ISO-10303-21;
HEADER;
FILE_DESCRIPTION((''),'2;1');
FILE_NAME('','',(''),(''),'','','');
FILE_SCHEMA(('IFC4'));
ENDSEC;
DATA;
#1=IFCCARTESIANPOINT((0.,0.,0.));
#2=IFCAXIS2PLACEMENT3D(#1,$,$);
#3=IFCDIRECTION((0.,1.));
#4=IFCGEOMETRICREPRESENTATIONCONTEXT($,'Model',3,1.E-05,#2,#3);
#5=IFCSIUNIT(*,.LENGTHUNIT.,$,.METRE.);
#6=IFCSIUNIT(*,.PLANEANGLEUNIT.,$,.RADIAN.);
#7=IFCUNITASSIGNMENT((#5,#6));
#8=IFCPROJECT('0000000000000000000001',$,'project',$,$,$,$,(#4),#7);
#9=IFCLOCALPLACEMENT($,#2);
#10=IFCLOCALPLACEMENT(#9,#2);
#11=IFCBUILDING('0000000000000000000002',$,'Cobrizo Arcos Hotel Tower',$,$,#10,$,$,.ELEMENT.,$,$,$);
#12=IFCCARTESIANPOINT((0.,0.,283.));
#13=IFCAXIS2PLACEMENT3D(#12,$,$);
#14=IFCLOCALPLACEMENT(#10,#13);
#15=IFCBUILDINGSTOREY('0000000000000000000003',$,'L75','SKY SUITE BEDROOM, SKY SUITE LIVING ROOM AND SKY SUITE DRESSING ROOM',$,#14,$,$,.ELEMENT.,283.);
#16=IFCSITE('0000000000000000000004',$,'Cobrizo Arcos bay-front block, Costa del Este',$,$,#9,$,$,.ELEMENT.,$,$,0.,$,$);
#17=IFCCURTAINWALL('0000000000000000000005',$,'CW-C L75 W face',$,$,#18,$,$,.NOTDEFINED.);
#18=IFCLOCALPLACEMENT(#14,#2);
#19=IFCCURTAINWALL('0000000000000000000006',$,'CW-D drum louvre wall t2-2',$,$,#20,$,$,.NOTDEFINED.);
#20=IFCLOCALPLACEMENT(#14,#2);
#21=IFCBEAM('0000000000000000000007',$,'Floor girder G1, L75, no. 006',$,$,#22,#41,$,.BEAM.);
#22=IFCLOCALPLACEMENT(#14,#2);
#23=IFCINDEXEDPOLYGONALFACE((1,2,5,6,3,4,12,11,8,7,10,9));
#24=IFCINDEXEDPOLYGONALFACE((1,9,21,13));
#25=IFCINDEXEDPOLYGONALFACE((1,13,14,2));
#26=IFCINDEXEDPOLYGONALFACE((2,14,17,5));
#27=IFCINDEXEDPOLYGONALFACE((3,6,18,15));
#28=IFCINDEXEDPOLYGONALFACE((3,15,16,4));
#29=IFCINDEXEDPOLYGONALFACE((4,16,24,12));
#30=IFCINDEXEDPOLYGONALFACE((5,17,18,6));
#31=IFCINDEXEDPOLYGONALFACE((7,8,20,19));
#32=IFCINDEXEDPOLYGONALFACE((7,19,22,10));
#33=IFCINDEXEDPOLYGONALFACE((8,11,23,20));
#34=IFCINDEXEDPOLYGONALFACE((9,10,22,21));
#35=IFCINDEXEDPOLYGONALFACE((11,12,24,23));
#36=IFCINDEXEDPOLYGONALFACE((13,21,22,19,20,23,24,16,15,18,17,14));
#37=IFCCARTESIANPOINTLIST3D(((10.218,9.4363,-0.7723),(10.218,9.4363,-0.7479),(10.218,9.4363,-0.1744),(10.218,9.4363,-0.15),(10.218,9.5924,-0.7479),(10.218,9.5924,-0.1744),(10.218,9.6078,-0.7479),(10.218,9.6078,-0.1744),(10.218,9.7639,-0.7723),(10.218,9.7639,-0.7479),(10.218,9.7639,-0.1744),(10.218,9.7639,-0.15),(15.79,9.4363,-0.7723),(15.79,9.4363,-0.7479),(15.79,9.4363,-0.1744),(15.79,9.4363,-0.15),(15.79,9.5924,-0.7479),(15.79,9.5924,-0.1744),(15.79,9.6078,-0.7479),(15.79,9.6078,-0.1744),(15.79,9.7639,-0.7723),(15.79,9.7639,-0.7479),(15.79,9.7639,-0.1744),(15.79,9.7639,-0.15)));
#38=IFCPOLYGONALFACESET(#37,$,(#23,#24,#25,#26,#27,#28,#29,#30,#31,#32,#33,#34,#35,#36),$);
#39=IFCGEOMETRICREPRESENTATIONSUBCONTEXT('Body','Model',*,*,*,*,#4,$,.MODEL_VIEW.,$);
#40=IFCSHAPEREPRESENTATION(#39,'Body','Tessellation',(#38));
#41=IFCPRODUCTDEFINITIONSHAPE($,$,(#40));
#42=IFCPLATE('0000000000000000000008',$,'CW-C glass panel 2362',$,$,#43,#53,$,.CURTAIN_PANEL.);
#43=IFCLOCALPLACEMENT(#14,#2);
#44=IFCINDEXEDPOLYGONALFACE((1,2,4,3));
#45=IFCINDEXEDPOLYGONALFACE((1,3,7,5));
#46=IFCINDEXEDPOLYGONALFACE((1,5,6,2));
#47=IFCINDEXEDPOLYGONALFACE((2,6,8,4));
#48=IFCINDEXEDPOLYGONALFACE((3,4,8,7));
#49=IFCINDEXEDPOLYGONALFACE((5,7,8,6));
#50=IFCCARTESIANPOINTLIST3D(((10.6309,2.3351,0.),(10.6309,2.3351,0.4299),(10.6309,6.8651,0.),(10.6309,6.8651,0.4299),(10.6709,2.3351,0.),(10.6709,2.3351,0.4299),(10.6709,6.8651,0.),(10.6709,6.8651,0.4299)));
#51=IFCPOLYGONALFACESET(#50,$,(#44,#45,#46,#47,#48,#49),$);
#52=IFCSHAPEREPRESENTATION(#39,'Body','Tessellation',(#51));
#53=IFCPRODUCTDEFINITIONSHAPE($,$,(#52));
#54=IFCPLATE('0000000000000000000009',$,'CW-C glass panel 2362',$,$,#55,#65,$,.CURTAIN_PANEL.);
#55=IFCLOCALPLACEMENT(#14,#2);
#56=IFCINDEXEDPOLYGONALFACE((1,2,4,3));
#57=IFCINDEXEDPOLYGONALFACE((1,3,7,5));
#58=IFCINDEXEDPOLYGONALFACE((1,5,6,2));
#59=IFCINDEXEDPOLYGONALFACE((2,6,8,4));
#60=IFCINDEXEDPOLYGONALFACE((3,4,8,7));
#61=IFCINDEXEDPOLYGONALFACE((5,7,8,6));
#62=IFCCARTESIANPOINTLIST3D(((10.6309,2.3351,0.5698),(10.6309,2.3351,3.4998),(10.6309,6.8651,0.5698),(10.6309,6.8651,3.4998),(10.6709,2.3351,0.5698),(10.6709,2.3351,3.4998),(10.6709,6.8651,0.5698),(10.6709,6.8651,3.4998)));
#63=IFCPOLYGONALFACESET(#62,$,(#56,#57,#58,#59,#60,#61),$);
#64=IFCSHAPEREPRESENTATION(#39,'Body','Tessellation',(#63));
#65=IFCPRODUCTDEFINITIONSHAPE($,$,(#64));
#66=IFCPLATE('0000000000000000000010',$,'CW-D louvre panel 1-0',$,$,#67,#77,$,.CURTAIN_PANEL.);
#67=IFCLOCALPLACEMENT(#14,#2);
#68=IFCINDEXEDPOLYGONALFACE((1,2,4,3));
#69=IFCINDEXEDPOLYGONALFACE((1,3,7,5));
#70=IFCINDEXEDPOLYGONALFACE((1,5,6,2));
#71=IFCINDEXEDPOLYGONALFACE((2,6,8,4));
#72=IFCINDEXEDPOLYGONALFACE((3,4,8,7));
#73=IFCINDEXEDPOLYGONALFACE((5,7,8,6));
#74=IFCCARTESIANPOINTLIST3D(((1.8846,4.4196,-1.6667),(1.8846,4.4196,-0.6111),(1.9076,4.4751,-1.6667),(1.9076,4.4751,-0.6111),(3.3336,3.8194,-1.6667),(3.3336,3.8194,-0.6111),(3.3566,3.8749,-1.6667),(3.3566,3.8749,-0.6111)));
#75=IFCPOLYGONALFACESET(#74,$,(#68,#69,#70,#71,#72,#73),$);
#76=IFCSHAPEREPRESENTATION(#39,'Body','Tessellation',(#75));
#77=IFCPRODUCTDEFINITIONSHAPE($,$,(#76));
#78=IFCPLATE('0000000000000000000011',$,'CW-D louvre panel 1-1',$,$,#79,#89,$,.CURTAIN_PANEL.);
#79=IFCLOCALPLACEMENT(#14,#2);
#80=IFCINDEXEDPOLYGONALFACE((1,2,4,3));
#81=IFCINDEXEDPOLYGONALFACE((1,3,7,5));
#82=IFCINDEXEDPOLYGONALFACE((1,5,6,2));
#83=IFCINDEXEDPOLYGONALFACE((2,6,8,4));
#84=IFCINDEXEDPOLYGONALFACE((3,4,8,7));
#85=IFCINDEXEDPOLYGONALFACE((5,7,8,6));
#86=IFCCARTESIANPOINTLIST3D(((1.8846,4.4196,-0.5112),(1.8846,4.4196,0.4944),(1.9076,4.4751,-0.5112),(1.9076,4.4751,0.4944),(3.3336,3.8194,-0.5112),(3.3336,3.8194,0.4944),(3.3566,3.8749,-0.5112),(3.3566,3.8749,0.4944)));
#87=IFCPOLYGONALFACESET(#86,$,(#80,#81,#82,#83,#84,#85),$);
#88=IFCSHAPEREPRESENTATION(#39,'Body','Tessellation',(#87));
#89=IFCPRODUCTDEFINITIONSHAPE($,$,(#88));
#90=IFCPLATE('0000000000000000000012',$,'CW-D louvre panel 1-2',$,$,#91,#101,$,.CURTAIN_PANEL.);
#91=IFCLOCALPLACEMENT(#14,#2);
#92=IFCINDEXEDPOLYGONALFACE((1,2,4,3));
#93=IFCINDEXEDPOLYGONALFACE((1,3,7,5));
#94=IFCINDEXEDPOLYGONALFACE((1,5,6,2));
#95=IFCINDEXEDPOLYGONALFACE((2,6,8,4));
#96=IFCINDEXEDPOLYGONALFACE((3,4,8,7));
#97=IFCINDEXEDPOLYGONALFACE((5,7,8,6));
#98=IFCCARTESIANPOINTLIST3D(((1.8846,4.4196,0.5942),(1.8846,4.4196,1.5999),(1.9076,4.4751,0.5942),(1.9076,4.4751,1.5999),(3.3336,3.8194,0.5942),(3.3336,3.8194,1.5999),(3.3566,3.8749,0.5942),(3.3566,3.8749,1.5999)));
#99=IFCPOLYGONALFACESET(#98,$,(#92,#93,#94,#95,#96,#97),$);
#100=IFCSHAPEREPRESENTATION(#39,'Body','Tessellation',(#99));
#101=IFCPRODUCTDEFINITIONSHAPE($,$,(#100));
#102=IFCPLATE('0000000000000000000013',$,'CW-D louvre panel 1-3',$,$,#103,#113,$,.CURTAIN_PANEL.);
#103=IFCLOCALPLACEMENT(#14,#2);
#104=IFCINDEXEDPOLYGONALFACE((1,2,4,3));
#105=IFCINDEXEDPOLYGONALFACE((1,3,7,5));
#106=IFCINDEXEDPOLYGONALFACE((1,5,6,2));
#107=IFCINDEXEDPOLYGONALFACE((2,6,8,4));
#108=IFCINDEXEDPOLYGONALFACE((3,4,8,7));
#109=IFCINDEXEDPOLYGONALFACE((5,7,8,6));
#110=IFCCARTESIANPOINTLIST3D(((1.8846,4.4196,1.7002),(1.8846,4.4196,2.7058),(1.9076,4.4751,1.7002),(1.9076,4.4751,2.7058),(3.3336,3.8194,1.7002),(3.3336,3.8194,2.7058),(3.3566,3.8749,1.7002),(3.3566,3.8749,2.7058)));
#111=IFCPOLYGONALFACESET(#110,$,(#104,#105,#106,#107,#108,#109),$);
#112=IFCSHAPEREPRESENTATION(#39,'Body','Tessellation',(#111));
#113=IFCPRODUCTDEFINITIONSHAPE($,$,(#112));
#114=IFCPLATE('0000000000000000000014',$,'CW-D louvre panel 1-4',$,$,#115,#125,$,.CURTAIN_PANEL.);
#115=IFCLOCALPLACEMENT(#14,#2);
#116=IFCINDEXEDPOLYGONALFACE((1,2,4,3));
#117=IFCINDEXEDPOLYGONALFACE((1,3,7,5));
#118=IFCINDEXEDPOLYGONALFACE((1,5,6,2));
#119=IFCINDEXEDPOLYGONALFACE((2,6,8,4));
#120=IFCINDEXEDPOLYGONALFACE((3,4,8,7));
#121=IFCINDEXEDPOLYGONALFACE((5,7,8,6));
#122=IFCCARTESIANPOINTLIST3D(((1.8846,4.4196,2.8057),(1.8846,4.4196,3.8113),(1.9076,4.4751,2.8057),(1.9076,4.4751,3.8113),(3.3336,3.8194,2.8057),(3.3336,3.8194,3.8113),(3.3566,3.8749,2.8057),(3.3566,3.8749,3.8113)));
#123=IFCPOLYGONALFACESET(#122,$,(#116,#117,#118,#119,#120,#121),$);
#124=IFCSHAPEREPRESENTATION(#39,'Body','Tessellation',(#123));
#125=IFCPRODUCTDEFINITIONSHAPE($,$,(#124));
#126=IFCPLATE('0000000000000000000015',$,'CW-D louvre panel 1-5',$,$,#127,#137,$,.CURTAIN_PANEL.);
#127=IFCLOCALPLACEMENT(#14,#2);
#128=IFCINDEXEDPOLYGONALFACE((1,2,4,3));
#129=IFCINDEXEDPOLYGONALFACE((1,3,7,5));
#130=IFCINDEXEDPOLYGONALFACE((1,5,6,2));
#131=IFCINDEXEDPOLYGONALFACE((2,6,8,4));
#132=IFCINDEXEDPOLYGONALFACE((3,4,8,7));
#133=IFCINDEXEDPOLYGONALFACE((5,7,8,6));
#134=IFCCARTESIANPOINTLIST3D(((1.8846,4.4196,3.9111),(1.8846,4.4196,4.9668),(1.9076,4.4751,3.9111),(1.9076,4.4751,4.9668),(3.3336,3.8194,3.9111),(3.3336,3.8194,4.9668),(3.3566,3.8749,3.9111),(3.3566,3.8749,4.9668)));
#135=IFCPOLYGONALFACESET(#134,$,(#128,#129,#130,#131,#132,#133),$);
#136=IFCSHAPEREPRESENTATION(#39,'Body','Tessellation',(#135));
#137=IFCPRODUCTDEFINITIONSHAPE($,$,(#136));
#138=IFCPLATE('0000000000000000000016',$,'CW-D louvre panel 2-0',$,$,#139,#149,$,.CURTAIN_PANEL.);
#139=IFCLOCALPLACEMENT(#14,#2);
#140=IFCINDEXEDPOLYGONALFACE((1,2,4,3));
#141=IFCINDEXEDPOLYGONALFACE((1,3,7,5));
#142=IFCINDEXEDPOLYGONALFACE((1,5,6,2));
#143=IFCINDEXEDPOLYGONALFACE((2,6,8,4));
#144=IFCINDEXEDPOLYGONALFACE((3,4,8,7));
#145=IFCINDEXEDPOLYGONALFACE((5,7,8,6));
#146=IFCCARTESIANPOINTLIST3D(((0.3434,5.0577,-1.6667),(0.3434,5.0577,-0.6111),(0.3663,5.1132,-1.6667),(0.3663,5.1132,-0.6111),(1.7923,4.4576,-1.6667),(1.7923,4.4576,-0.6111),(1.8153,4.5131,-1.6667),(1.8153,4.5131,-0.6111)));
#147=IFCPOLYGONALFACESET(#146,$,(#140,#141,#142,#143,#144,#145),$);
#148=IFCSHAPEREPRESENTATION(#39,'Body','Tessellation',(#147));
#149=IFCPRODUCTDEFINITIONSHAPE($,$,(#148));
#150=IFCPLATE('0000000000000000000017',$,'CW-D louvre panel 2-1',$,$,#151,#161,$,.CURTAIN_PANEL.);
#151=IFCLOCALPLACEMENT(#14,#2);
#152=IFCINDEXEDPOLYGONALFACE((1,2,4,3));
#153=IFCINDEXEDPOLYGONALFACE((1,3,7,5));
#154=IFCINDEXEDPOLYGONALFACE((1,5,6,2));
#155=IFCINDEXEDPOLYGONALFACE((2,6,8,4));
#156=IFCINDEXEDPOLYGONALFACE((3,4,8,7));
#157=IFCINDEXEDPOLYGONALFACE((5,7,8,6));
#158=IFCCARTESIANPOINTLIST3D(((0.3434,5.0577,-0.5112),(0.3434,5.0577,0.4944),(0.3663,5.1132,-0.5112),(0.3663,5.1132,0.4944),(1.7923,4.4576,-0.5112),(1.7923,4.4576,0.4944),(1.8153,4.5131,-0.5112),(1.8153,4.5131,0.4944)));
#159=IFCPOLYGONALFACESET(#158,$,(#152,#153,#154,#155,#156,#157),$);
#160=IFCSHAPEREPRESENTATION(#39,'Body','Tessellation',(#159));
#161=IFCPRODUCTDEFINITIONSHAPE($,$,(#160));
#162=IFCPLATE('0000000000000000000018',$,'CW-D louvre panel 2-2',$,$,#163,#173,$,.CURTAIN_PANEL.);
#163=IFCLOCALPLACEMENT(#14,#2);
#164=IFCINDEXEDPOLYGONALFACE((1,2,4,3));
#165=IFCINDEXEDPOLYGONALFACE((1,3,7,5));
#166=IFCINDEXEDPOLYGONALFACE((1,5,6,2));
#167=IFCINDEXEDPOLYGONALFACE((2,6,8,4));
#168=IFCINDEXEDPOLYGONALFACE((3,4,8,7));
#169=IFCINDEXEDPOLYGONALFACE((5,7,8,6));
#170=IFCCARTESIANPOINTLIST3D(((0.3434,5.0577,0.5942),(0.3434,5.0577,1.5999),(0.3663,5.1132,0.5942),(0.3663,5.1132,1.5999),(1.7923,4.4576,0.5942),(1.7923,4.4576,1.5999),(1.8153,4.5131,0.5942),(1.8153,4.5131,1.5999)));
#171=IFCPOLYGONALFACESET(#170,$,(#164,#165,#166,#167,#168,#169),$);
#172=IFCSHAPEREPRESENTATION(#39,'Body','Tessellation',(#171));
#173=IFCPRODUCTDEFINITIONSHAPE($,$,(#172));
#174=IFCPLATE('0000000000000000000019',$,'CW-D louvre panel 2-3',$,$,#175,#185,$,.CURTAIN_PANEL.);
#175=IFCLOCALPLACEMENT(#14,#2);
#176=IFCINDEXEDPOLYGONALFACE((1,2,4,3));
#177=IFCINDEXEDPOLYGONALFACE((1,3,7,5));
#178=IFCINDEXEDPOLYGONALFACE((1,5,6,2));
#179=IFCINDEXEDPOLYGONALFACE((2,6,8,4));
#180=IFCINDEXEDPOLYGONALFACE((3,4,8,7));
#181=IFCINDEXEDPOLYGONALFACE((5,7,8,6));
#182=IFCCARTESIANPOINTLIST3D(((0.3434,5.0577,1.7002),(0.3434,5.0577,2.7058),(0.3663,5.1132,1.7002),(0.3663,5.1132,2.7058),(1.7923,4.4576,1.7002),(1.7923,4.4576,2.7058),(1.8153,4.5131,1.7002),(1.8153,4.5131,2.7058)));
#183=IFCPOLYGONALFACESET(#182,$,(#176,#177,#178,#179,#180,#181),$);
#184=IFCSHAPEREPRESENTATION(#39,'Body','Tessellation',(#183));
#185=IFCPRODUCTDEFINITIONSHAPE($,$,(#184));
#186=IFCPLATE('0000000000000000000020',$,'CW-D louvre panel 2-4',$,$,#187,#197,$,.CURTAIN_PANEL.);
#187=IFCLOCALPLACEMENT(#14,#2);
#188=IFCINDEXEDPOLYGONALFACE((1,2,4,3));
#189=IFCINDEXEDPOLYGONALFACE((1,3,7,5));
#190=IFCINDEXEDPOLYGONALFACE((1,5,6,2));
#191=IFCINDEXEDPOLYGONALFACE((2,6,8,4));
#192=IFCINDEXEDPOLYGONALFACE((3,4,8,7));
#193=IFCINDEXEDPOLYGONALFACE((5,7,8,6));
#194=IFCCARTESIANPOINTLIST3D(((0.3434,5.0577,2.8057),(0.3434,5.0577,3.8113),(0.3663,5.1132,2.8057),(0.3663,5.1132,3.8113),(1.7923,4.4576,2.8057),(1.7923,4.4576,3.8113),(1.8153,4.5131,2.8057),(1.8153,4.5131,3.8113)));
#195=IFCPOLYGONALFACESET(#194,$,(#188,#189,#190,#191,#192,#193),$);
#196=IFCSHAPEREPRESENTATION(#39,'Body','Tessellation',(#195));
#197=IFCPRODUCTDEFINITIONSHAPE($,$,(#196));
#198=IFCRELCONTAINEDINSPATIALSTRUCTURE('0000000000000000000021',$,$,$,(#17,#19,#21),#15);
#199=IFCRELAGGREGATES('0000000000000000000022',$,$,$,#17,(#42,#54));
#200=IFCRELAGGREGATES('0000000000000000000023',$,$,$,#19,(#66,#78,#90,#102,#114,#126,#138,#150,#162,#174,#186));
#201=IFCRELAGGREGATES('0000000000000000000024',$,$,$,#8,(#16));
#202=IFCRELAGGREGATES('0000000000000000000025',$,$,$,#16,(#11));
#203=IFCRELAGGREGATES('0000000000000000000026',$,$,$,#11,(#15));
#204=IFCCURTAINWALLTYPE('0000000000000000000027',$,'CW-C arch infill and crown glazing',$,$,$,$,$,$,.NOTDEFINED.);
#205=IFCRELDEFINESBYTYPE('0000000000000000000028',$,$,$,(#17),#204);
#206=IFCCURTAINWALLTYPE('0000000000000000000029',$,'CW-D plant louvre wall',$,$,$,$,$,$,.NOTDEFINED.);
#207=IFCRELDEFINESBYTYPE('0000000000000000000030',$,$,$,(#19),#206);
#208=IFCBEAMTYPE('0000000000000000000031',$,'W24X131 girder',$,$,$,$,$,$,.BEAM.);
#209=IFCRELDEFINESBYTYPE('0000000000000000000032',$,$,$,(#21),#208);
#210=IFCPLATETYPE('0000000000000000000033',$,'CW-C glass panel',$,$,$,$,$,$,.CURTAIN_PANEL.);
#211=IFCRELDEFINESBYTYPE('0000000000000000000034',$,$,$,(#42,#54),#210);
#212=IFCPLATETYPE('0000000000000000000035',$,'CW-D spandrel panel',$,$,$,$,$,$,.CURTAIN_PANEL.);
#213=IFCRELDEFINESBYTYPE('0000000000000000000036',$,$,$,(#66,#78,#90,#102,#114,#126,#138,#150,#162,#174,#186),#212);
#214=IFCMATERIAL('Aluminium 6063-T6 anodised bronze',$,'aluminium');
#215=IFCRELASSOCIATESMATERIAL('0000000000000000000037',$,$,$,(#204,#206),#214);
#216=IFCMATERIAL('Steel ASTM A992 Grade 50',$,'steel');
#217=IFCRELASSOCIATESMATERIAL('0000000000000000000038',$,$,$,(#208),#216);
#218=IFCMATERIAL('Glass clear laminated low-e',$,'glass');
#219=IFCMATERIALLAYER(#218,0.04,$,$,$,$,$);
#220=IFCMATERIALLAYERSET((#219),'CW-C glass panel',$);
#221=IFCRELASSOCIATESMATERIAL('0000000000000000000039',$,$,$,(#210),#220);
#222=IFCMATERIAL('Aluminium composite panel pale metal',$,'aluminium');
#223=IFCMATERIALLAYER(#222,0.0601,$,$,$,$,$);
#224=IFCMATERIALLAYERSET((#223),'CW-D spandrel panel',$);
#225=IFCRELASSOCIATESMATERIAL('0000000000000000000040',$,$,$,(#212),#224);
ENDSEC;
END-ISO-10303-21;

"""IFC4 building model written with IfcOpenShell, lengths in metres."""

from ifc_helpers import new_model, si_unit, direction, frame, origin, origin_2d, place, context, subcontext, project, spatial, rectangle, i_section, extrude, material, layer, layer_set, material_profile, profile_set, type_object, element, aggregate, save


model = new_model("IFC4")

# Units and contexts
model_context = context("Model", 3, precision=1e-05, world=origin(), true_north=direction((0.0, 1.0)))
body_context = subcontext(model_context, "Body", "Model", "MODEL_VIEW")
ifc_project = project(units=[si_unit("LENGTHUNIT", "METRE"), si_unit("PLANEANGLEUNIT", "RADIAN")], contexts=[model_context])

# Site, building, storey
site_placement = place(None, origin())
site = spatial("IfcSite", under=ifc_project, at=site_placement, Name="Cobrizo Arcos bay-front block, Costa del Este", CompositionType="ELEMENT", RefElevation=0.0)
building_placement = place(site_placement, origin())
building = spatial("IfcBuilding", under=site, at=building_placement, Name="Cobrizo Arcos Hotel Tower", CompositionType="ELEMENT")
storey_placement = place(building_placement, frame((0.0, 0.0, 283.0)))
storey = spatial("IfcBuildingStorey", under=building, at=storey_placement, Name="L75", Description="SKY SUITE BEDROOM, SKY SUITE LIVING ROOM AND SKY SUITE DRESSING ROOM", CompositionType="ELEMENT", Elevation=283.0)

# Shared definitions
ifc_material_1 = material(Name="Aluminium 6063-T6 anodised bronze", Category="aluminium")

# Curtain walls
curtain_wall_type_1 = type_object("IfcCurtainWallType", Name="CW-C arch infill and crown glazing", PredefinedType="NOTDEFINED", material=ifc_material_1)
curtain_wall_1_placement = place(storey_placement, origin())
curtain_wall_1 = element("IfcCurtainWall", 1, at=curtain_wall_1_placement, inside=storey, type_object=curtain_wall_type_1, Name="CW-C L75 W face", PredefinedType="NOTDEFINED")
curtain_wall_type_2 = type_object("IfcCurtainWallType", Name="CW-D plant louvre wall", PredefinedType="NOTDEFINED", material=ifc_material_1)
curtain_wall_2_placement = place(storey_placement, origin())
curtain_wall_2 = element("IfcCurtainWall", 2, at=curtain_wall_2_placement, inside=storey, type_object=curtain_wall_type_2, Name="CW-D drum louvre wall t2-2", PredefinedType="NOTDEFINED")

# Beam
ifc_material_2 = material(Name="Steel ASTM A992 Grade 50", Category="steel")
ifc_material_profile_1 = material_profile(ifc_material_2, i_section(OverallWidth=0.3276, OverallDepth=0.6223, WebThickness=0.0154, FlangeThickness=0.0244, at=origin_2d()), Name="W24X131")
ifc_profile_set_1 = profile_set([ifc_material_profile_1], Name="Steel ASTM A992 Grade 50")
beam_type_1 = type_object("IfcBeamType", Name="W24X131 girder", PredefinedType="BEAM", material=ifc_profile_set_1)
beam_1_placement = place(storey_placement, frame((10.218, 9.6001, -0.4612), z_axis=(1.0, 0.0, 0.0), x_axis=(0.0, 1.0, 0.0)))
element("IfcBeam", 3, at=beam_1_placement, inside=storey, type_object=beam_type_1, Name="Floor girder G1, L75, no. 006", PredefinedType="BEAM", context=body_context, shape_type="SweptSolid", body=[
    extrude(i_section(OverallWidth=0.3276, OverallDepth=0.6223, WebThickness=0.0154, FlangeThickness=0.0244, at=origin_2d()), origin(), (0.0, 0.0, 1.0), 5.572),
])

# Plates
ifc_material_3 = material(Name="Glass clear laminated low-e", Category="glass")
ifc_layer_1 = layer(ifc_material_3, 0.04)
ifc_layer_set_1 = layer_set([ifc_layer_1], Name="CW-C glass panel")
plate_type_1 = type_object("IfcPlateType", Name="CW-C glass panel", PredefinedType="CURTAIN_PANEL", material=ifc_layer_set_1)
plate_1_placement = place(storey_placement, frame((10.6509, 4.6001, 0.0), z_axis=(0.0, 0.0, 1.0), x_axis=(0.0, -1.0, 0.0)))
plate_1 = element("IfcPlate", 4, at=plate_1_placement, type_object=plate_type_1, Name="CW-C glass panel 2362", PredefinedType="CURTAIN_PANEL", context=body_context, shape_type="SweptSolid", body=[
    extrude(rectangle(XDim=4.53, YDim=0.04, at=origin_2d()), origin(), (0.0, 0.0, 1.0), 0.4299),
])
plate_2_placement = place(storey_placement, frame((10.6509, 4.6001, 0.5698), z_axis=(0.0, 0.0, 1.0), x_axis=(0.0, -1.0, 0.0)))
plate_2 = element("IfcPlate", 5, at=plate_2_placement, type_object=plate_type_1, Name="CW-C glass panel 2362", PredefinedType="CURTAIN_PANEL", context=body_context, shape_type="SweptSolid", body=[
    extrude(rectangle(XDim=4.53, YDim=0.04, at=origin_2d()), origin(), (0.0, 0.0, 1.0), 2.9299),
])
aggregate(curtain_wall_1, [plate_1, plate_2])
ifc_material_4 = material(Name="Aluminium composite panel pale metal", Category="aluminium")
ifc_layer_2 = layer(ifc_material_4, 0.0601)
ifc_layer_set_2 = layer_set([ifc_layer_2], Name="CW-D spandrel panel")
plate_type_2 = type_object("IfcPlateType", Name="CW-D spandrel panel", PredefinedType="CURTAIN_PANEL", material=ifc_layer_set_2)
plate_3_placement = place(storey_placement, frame((2.6206, 4.1472, -1.6667), z_axis=(0.0, 0.0, 1.0), x_axis=(-0.92388, 0.382683, 0.0)))
plate_3 = element("IfcPlate", 6, at=plate_3_placement, type_object=plate_type_2, Name="CW-D louvre panel 1-0", PredefinedType="CURTAIN_PANEL", context=body_context, shape_type="SweptSolid", body=[
    extrude(rectangle(XDim=1.5684, YDim=0.0601, at=origin_2d()), origin(), (0.0, 0.0, 1.0), 1.0557),
])
plate_4_placement = place(storey_placement, frame((2.6206, 4.1472, -0.5112), z_axis=(0.0, 0.0, 1.0), x_axis=(-0.92388, 0.382683, 0.0)))
plate_4 = element("IfcPlate", 7, at=plate_4_placement, type_object=plate_type_2, Name="CW-D louvre panel 1-1", PredefinedType="CURTAIN_PANEL", context=body_context, shape_type="SweptSolid", body=[
    extrude(rectangle(XDim=1.5684, YDim=0.0601, at=origin_2d()), origin(), (0.0, 0.0, 1.0), 1.0056),
])
plate_5_placement = place(storey_placement, frame((2.6206, 4.1472, 0.5942), z_axis=(0.0, 0.0, 1.0), x_axis=(-0.92388, 0.382683, 0.0)))
plate_5 = element("IfcPlate", 8, at=plate_5_placement, type_object=plate_type_2, Name="CW-D louvre panel 1-2", PredefinedType="CURTAIN_PANEL", context=body_context, shape_type="SweptSolid", body=[
    extrude(rectangle(XDim=1.5684, YDim=0.0601, at=origin_2d()), origin(), (0.0, 0.0, 1.0), 1.0056),
])
plate_6_placement = place(storey_placement, frame((2.6206, 4.1472, 1.7002), z_axis=(0.0, 0.0, 1.0), x_axis=(-0.92388, 0.382683, 0.0)))
plate_6 = element("IfcPlate", 9, at=plate_6_placement, type_object=plate_type_2, Name="CW-D louvre panel 1-3", PredefinedType="CURTAIN_PANEL", context=body_context, shape_type="SweptSolid", body=[
    extrude(rectangle(XDim=1.5684, YDim=0.0601, at=origin_2d()), origin(), (0.0, 0.0, 1.0), 1.0056),
])
plate_7_placement = place(storey_placement, frame((2.6206, 4.1472, 2.8057), z_axis=(0.0, 0.0, 1.0), x_axis=(-0.92388, 0.382683, 0.0)))
plate_7 = element("IfcPlate", 10, at=plate_7_placement, type_object=plate_type_2, Name="CW-D louvre panel 1-4", PredefinedType="CURTAIN_PANEL", context=body_context, shape_type="SweptSolid", body=[
    extrude(rectangle(XDim=1.5684, YDim=0.0601, at=origin_2d()), origin(), (0.0, 0.0, 1.0), 1.0056),
])
plate_8_placement = place(storey_placement, frame((2.6206, 4.1472, 3.9111), z_axis=(0.0, 0.0, 1.0), x_axis=(-0.92388, 0.382683, 0.0)))
plate_8 = element("IfcPlate", 11, at=plate_8_placement, type_object=plate_type_2, Name="CW-D louvre panel 1-5", PredefinedType="CURTAIN_PANEL", context=body_context, shape_type="SweptSolid", body=[
    extrude(rectangle(XDim=1.5684, YDim=0.0601, at=origin_2d()), origin(), (0.0, 0.0, 1.0), 1.0557),
])
plate_9_placement = place(storey_placement, frame((1.0793, 4.7854, -1.6667), z_axis=(0.0, 0.0, 1.0), x_axis=(-0.92388, 0.382683, 0.0)))
plate_9 = element("IfcPlate", 12, at=plate_9_placement, type_object=plate_type_2, Name="CW-D louvre panel 2-0", PredefinedType="CURTAIN_PANEL", context=body_context, shape_type="SweptSolid", body=[
    extrude(rectangle(XDim=1.5684, YDim=0.0601, at=origin_2d()), origin(), (0.0, 0.0, 1.0), 1.0557),
])
plate_10_placement = place(storey_placement, frame((1.0793, 4.7854, -0.5112), z_axis=(0.0, 0.0, 1.0), x_axis=(-0.92388, 0.382683, 0.0)))
plate_10 = element("IfcPlate", 13, at=plate_10_placement, type_object=plate_type_2, Name="CW-D louvre panel 2-1", PredefinedType="CURTAIN_PANEL", context=body_context, shape_type="SweptSolid", body=[
    extrude(rectangle(XDim=1.5684, YDim=0.0601, at=origin_2d()), origin(), (0.0, 0.0, 1.0), 1.0056),
])
plate_11_placement = place(storey_placement, frame((1.0793, 4.7854, 0.5942), z_axis=(0.0, 0.0, 1.0), x_axis=(-0.92388, 0.382683, 0.0)))
plate_11 = element("IfcPlate", 14, at=plate_11_placement, type_object=plate_type_2, Name="CW-D louvre panel 2-2", PredefinedType="CURTAIN_PANEL", context=body_context, shape_type="SweptSolid", body=[
    extrude(rectangle(XDim=1.5684, YDim=0.0601, at=origin_2d()), origin(), (0.0, 0.0, 1.0), 1.0056),
])
plate_12_placement = place(storey_placement, frame((1.0793, 4.7854, 1.7002), z_axis=(0.0, 0.0, 1.0), x_axis=(-0.92388, 0.382683, 0.0)))
plate_12 = element("IfcPlate", 15, at=plate_12_placement, type_object=plate_type_2, Name="CW-D louvre panel 2-3", PredefinedType="CURTAIN_PANEL", context=body_context, shape_type="SweptSolid", body=[
    extrude(rectangle(XDim=1.5684, YDim=0.0601, at=origin_2d()), origin(), (0.0, 0.0, 1.0), 1.0056),
])
plate_13_placement = place(storey_placement, frame((1.0793, 4.7854, 2.8057), z_axis=(0.0, 0.0, 1.0), x_axis=(-0.92388, 0.382683, 0.0)))
plate_13 = element("IfcPlate", 16, at=plate_13_placement, type_object=plate_type_2, Name="CW-D louvre panel 2-4", PredefinedType="CURTAIN_PANEL", context=body_context, shape_type="SweptSolid", body=[
    extrude(rectangle(XDim=1.5684, YDim=0.0601, at=origin_2d()), origin(), (0.0, 0.0, 1.0), 1.0056),
])
aggregate(curtain_wall_2, [plate_3, plate_4, plate_5, plate_6, plate_7, plate_8, plate_9, plate_10, plate_11, plate_12, plate_13])

save(model, "model.ifc")
